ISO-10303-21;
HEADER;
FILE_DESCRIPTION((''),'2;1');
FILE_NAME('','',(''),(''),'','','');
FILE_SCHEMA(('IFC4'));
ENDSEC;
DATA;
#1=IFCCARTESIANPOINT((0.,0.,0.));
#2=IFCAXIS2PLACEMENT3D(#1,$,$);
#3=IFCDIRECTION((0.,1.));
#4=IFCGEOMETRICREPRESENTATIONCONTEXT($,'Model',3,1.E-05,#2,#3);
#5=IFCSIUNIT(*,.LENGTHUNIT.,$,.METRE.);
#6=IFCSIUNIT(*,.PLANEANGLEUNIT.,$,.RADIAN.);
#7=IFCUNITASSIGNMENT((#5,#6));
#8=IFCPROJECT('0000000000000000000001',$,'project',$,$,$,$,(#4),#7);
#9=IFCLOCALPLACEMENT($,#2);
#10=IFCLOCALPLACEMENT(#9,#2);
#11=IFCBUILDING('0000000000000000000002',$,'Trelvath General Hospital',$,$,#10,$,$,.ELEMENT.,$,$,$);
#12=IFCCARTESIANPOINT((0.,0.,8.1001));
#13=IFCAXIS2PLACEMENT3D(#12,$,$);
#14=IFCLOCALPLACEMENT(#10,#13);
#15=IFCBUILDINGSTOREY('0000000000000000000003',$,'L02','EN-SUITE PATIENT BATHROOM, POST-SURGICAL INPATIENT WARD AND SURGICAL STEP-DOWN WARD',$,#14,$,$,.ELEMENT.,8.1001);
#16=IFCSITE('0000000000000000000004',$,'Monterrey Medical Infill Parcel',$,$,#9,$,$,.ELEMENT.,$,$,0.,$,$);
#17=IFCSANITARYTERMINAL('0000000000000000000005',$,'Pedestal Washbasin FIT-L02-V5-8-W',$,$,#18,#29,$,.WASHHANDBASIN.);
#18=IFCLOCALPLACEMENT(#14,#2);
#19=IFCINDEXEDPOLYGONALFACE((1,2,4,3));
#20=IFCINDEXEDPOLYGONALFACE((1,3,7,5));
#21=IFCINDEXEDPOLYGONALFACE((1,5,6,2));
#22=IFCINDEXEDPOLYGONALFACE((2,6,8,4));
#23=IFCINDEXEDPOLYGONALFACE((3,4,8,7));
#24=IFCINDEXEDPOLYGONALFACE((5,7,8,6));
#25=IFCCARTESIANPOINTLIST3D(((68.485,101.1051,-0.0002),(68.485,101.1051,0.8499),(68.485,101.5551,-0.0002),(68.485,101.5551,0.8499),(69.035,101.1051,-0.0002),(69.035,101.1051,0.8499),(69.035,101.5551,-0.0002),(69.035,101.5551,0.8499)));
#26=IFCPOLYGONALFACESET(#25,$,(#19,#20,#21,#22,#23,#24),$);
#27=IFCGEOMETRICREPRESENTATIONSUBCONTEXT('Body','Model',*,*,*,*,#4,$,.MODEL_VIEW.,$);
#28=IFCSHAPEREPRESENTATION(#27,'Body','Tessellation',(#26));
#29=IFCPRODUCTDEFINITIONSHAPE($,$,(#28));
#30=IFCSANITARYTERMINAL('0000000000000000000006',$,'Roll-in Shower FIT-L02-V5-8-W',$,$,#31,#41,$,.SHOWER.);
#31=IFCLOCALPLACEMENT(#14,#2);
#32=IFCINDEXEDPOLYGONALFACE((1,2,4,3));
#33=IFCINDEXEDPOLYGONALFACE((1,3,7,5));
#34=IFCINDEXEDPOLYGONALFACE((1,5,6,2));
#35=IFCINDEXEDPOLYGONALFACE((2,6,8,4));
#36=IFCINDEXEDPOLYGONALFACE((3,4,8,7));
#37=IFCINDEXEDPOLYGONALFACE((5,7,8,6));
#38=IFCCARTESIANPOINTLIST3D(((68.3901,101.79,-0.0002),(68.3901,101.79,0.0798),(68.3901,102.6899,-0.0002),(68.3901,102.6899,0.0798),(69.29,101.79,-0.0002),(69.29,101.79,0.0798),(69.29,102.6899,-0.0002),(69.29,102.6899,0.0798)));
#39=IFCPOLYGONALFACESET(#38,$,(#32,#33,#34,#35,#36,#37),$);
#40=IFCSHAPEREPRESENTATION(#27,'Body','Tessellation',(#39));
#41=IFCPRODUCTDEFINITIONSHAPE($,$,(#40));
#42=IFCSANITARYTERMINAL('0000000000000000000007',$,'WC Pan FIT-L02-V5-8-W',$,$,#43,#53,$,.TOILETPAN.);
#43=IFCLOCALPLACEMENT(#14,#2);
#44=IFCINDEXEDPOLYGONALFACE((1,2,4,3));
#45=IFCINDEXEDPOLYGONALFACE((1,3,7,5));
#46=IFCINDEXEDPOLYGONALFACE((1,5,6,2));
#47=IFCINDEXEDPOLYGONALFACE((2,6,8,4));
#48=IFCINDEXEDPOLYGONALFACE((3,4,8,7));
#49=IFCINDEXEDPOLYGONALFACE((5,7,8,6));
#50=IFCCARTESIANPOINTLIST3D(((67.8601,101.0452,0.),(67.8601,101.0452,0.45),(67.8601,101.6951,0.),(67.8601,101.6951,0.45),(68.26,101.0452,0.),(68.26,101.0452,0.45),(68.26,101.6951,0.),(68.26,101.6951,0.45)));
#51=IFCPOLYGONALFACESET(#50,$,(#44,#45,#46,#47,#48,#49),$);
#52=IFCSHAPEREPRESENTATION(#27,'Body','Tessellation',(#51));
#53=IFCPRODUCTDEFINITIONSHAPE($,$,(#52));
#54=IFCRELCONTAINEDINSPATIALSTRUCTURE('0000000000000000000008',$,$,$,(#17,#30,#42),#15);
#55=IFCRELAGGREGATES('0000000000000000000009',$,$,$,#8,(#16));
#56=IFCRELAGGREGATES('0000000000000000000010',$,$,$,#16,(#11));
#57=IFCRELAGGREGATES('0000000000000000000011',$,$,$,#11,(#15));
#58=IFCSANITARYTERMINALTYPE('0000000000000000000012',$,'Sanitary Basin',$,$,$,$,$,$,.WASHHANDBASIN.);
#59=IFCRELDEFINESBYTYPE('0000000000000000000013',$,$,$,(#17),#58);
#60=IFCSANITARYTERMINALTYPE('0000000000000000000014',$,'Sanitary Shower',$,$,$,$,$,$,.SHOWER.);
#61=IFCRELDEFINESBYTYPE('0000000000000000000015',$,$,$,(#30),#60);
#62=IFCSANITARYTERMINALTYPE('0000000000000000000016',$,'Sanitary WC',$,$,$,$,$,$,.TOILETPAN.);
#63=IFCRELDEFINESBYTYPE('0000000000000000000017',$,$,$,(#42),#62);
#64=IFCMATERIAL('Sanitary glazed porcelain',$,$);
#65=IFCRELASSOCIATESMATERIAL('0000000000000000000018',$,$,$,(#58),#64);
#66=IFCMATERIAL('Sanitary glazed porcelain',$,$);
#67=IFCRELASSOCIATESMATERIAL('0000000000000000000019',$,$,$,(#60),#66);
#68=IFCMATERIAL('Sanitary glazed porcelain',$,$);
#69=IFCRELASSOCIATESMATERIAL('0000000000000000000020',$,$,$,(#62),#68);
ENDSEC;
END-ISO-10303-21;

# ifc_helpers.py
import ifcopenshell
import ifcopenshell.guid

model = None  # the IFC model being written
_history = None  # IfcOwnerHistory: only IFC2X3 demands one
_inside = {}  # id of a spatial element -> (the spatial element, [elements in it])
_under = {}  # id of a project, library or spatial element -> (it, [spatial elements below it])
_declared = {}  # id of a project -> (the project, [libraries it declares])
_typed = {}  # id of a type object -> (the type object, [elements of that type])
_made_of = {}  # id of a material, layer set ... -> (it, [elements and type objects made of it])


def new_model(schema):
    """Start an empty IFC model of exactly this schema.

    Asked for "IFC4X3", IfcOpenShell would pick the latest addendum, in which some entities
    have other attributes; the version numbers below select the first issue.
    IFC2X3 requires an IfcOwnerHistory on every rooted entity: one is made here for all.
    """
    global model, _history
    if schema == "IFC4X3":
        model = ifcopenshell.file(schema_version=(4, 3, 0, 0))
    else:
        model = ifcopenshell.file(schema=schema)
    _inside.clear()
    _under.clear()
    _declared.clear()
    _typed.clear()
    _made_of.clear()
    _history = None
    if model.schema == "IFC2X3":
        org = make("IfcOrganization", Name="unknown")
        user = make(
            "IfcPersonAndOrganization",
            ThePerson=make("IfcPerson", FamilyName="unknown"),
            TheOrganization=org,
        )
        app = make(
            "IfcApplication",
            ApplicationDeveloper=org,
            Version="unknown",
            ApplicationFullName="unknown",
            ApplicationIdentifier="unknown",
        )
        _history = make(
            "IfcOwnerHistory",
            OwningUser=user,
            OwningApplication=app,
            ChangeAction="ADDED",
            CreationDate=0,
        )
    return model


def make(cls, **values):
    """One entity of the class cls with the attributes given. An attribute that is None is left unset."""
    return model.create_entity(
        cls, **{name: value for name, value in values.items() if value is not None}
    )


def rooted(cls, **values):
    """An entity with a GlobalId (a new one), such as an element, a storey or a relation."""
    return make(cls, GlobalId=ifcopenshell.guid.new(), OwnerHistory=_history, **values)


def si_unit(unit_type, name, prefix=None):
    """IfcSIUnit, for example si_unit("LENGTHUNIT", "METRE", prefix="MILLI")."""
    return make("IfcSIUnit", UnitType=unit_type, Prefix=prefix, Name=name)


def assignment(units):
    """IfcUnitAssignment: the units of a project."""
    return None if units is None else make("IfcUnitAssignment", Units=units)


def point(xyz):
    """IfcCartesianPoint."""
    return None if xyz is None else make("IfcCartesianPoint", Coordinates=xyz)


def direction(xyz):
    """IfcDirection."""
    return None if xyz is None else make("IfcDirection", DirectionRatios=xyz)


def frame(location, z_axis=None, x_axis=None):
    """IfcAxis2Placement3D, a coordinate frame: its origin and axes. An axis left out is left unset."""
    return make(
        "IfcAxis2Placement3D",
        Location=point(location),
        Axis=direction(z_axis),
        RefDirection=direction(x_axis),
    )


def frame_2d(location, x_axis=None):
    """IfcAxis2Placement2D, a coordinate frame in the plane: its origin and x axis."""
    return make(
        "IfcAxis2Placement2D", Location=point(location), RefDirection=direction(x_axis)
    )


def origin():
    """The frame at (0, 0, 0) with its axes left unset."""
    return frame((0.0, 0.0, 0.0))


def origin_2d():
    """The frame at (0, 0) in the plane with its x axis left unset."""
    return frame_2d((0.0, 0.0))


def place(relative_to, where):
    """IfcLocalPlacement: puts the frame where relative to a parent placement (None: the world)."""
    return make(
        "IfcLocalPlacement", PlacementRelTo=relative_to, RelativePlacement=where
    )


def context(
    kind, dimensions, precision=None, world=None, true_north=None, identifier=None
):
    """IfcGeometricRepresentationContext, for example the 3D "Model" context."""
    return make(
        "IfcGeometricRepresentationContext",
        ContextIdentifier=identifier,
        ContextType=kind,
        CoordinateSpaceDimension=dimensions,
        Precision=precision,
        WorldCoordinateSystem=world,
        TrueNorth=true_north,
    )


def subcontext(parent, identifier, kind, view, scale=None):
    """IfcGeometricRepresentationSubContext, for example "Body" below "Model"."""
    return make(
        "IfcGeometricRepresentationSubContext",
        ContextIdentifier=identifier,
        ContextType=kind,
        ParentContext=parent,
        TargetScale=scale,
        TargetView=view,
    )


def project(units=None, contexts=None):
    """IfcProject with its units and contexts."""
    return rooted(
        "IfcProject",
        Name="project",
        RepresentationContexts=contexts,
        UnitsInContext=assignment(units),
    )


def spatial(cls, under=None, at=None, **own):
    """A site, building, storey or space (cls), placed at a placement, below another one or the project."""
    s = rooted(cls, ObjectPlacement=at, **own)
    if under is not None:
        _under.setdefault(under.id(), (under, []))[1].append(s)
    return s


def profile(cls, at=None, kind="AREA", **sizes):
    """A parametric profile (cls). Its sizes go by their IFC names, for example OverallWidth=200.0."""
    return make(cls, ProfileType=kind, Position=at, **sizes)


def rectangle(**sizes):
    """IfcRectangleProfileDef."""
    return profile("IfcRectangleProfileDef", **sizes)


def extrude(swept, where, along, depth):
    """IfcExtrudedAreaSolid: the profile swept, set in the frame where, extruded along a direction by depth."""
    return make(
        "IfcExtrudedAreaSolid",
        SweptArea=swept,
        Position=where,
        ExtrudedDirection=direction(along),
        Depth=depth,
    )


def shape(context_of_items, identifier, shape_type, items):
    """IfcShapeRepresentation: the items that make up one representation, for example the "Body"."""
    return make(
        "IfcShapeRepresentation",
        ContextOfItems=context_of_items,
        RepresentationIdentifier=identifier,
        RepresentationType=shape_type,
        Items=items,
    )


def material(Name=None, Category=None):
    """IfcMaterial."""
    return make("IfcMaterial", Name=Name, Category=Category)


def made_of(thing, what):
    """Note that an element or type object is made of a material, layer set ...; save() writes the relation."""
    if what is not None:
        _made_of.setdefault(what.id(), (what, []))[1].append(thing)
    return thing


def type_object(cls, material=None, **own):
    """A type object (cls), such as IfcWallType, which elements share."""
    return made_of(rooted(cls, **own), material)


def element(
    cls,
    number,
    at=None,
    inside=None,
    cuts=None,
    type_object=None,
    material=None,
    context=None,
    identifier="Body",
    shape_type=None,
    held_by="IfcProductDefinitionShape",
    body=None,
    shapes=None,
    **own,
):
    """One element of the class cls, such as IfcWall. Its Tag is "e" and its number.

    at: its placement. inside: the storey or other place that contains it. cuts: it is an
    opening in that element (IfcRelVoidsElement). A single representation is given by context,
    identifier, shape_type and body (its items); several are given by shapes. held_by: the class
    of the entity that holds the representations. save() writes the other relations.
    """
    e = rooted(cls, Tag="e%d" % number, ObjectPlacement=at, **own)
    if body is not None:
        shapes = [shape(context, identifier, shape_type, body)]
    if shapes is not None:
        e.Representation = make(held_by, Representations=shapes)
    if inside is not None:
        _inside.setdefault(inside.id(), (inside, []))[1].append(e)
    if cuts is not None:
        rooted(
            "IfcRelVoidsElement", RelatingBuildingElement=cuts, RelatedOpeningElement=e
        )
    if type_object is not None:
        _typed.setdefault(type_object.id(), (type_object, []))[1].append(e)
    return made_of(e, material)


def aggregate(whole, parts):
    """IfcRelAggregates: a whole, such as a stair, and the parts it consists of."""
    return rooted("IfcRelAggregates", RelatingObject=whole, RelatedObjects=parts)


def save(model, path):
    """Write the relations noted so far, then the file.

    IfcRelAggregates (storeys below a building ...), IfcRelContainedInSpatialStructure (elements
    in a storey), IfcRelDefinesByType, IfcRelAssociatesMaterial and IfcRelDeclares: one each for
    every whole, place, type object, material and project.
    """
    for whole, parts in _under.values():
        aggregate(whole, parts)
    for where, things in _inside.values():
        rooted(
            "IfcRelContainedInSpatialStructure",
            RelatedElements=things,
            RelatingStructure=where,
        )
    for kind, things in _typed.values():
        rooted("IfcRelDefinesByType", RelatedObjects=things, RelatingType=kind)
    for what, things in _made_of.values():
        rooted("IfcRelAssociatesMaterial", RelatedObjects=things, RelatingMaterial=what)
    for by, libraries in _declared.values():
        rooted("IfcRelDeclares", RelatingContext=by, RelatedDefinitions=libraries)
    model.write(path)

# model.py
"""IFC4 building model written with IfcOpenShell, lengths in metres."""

from ifc_helpers import new_model, si_unit, direction, frame, origin, origin_2d, place, context, subcontext, project, spatial, rectangle, extrude, material, type_object, element, save


model = new_model("IFC4")

# Units and contexts
model_context = context("Model", 3, precision=1e-05, world=origin(), true_north=direction((0.0, 1.0)))
body_context = subcontext(model_context, "Body", "Model", "MODEL_VIEW")
ifc_project = project(units=[si_unit("LENGTHUNIT", "METRE"), si_unit("PLANEANGLEUNIT", "RADIAN")], contexts=[model_context])

# Site, building, storey
site_placement = place(None, origin())
site = spatial("IfcSite", under=ifc_project, at=site_placement, Name="Monterrey Medical Infill Parcel", CompositionType="ELEMENT", RefElevation=0.0)
building_placement = place(site_placement, origin())
building = spatial("IfcBuilding", under=site, at=building_placement, Name="Trelvath General Hospital", CompositionType="ELEMENT")
storey_placement = place(building_placement, frame((0.0, 0.0, 8.1001)))
storey = spatial("IfcBuildingStorey", under=building, at=storey_placement, Name="L02", Description="EN-SUITE PATIENT BATHROOM, POST-SURGICAL INPATIENT WARD AND SURGICAL STEP-DOWN WARD", CompositionType="ELEMENT", Elevation=8.1001)

# Sanitary terminals
ifc_material_1 = material(Name="Sanitary glazed porcelain")
sanitary_terminal_type_1 = type_object("IfcSanitaryTerminalType", Name="Sanitary Basin", PredefinedType="WASHHANDBASIN", material=ifc_material_1)
sanitary_terminal_1_placement = place(storey_placement, frame((68.76, 101.3301, -0.0002), z_axis=(0.0, 0.0, 1.0), x_axis=(1.0, 0.0, 0.0)))
element("IfcSanitaryTerminal", 1, at=sanitary_terminal_1_placement, inside=storey, type_object=sanitary_terminal_type_1, Name="Pedestal Washbasin FIT-L02-V5-8-W", PredefinedType="WASHHANDBASIN", context=body_context, shape_type="SweptSolid", body=[
    extrude(rectangle(XDim=0.55, YDim=0.45, at=origin_2d()), origin(), (0.0, 0.0, 1.0), 0.8501),
])
ifc_material_2 = material(Name="Sanitary glazed porcelain")
sanitary_terminal_type_2 = type_object("IfcSanitaryTerminalType", Name="Sanitary Shower", PredefinedType="SHOWER", material=ifc_material_2)
sanitary_terminal_2_placement = place(storey_placement, frame((68.8401, 102.24, -0.0002), z_axis=(0.0, 0.0, 1.0), x_axis=(1.0, 0.0, 0.0)))
element("IfcSanitaryTerminal", 2, at=sanitary_terminal_2_placement, inside=storey, type_object=sanitary_terminal_type_2, Name="Roll-in Shower FIT-L02-V5-8-W", PredefinedType="SHOWER", context=body_context, shape_type="SweptSolid", body=[
    extrude(rectangle(XDim=0.8999, YDim=0.8999, at=origin_2d()), origin(), (0.0, 0.0, 1.0), 0.0801),
])
ifc_material_3 = material(Name="Sanitary glazed porcelain")
sanitary_terminal_type_3 = type_object("IfcSanitaryTerminalType", Name="Sanitary WC", PredefinedType="TOILETPAN", material=ifc_material_3)
sanitary_terminal_3_placement = place(storey_placement, frame((68.0601, 101.3701, 0.0), z_axis=(0.0, 0.0, 1.0), x_axis=(1.0, 0.0, 0.0)))
element("IfcSanitaryTerminal", 3, at=sanitary_terminal_3_placement, inside=storey, type_object=sanitary_terminal_type_3, Name="WC Pan FIT-L02-V5-8-W", PredefinedType="TOILETPAN", context=body_context, shape_type="SweptSolid", body=[
    extrude(rectangle(XDim=0.3999, YDim=0.6499, at=origin_2d()), origin(), (0.0, 0.0, 1.0), 0.45),
])

save(model, "model.ifc")
